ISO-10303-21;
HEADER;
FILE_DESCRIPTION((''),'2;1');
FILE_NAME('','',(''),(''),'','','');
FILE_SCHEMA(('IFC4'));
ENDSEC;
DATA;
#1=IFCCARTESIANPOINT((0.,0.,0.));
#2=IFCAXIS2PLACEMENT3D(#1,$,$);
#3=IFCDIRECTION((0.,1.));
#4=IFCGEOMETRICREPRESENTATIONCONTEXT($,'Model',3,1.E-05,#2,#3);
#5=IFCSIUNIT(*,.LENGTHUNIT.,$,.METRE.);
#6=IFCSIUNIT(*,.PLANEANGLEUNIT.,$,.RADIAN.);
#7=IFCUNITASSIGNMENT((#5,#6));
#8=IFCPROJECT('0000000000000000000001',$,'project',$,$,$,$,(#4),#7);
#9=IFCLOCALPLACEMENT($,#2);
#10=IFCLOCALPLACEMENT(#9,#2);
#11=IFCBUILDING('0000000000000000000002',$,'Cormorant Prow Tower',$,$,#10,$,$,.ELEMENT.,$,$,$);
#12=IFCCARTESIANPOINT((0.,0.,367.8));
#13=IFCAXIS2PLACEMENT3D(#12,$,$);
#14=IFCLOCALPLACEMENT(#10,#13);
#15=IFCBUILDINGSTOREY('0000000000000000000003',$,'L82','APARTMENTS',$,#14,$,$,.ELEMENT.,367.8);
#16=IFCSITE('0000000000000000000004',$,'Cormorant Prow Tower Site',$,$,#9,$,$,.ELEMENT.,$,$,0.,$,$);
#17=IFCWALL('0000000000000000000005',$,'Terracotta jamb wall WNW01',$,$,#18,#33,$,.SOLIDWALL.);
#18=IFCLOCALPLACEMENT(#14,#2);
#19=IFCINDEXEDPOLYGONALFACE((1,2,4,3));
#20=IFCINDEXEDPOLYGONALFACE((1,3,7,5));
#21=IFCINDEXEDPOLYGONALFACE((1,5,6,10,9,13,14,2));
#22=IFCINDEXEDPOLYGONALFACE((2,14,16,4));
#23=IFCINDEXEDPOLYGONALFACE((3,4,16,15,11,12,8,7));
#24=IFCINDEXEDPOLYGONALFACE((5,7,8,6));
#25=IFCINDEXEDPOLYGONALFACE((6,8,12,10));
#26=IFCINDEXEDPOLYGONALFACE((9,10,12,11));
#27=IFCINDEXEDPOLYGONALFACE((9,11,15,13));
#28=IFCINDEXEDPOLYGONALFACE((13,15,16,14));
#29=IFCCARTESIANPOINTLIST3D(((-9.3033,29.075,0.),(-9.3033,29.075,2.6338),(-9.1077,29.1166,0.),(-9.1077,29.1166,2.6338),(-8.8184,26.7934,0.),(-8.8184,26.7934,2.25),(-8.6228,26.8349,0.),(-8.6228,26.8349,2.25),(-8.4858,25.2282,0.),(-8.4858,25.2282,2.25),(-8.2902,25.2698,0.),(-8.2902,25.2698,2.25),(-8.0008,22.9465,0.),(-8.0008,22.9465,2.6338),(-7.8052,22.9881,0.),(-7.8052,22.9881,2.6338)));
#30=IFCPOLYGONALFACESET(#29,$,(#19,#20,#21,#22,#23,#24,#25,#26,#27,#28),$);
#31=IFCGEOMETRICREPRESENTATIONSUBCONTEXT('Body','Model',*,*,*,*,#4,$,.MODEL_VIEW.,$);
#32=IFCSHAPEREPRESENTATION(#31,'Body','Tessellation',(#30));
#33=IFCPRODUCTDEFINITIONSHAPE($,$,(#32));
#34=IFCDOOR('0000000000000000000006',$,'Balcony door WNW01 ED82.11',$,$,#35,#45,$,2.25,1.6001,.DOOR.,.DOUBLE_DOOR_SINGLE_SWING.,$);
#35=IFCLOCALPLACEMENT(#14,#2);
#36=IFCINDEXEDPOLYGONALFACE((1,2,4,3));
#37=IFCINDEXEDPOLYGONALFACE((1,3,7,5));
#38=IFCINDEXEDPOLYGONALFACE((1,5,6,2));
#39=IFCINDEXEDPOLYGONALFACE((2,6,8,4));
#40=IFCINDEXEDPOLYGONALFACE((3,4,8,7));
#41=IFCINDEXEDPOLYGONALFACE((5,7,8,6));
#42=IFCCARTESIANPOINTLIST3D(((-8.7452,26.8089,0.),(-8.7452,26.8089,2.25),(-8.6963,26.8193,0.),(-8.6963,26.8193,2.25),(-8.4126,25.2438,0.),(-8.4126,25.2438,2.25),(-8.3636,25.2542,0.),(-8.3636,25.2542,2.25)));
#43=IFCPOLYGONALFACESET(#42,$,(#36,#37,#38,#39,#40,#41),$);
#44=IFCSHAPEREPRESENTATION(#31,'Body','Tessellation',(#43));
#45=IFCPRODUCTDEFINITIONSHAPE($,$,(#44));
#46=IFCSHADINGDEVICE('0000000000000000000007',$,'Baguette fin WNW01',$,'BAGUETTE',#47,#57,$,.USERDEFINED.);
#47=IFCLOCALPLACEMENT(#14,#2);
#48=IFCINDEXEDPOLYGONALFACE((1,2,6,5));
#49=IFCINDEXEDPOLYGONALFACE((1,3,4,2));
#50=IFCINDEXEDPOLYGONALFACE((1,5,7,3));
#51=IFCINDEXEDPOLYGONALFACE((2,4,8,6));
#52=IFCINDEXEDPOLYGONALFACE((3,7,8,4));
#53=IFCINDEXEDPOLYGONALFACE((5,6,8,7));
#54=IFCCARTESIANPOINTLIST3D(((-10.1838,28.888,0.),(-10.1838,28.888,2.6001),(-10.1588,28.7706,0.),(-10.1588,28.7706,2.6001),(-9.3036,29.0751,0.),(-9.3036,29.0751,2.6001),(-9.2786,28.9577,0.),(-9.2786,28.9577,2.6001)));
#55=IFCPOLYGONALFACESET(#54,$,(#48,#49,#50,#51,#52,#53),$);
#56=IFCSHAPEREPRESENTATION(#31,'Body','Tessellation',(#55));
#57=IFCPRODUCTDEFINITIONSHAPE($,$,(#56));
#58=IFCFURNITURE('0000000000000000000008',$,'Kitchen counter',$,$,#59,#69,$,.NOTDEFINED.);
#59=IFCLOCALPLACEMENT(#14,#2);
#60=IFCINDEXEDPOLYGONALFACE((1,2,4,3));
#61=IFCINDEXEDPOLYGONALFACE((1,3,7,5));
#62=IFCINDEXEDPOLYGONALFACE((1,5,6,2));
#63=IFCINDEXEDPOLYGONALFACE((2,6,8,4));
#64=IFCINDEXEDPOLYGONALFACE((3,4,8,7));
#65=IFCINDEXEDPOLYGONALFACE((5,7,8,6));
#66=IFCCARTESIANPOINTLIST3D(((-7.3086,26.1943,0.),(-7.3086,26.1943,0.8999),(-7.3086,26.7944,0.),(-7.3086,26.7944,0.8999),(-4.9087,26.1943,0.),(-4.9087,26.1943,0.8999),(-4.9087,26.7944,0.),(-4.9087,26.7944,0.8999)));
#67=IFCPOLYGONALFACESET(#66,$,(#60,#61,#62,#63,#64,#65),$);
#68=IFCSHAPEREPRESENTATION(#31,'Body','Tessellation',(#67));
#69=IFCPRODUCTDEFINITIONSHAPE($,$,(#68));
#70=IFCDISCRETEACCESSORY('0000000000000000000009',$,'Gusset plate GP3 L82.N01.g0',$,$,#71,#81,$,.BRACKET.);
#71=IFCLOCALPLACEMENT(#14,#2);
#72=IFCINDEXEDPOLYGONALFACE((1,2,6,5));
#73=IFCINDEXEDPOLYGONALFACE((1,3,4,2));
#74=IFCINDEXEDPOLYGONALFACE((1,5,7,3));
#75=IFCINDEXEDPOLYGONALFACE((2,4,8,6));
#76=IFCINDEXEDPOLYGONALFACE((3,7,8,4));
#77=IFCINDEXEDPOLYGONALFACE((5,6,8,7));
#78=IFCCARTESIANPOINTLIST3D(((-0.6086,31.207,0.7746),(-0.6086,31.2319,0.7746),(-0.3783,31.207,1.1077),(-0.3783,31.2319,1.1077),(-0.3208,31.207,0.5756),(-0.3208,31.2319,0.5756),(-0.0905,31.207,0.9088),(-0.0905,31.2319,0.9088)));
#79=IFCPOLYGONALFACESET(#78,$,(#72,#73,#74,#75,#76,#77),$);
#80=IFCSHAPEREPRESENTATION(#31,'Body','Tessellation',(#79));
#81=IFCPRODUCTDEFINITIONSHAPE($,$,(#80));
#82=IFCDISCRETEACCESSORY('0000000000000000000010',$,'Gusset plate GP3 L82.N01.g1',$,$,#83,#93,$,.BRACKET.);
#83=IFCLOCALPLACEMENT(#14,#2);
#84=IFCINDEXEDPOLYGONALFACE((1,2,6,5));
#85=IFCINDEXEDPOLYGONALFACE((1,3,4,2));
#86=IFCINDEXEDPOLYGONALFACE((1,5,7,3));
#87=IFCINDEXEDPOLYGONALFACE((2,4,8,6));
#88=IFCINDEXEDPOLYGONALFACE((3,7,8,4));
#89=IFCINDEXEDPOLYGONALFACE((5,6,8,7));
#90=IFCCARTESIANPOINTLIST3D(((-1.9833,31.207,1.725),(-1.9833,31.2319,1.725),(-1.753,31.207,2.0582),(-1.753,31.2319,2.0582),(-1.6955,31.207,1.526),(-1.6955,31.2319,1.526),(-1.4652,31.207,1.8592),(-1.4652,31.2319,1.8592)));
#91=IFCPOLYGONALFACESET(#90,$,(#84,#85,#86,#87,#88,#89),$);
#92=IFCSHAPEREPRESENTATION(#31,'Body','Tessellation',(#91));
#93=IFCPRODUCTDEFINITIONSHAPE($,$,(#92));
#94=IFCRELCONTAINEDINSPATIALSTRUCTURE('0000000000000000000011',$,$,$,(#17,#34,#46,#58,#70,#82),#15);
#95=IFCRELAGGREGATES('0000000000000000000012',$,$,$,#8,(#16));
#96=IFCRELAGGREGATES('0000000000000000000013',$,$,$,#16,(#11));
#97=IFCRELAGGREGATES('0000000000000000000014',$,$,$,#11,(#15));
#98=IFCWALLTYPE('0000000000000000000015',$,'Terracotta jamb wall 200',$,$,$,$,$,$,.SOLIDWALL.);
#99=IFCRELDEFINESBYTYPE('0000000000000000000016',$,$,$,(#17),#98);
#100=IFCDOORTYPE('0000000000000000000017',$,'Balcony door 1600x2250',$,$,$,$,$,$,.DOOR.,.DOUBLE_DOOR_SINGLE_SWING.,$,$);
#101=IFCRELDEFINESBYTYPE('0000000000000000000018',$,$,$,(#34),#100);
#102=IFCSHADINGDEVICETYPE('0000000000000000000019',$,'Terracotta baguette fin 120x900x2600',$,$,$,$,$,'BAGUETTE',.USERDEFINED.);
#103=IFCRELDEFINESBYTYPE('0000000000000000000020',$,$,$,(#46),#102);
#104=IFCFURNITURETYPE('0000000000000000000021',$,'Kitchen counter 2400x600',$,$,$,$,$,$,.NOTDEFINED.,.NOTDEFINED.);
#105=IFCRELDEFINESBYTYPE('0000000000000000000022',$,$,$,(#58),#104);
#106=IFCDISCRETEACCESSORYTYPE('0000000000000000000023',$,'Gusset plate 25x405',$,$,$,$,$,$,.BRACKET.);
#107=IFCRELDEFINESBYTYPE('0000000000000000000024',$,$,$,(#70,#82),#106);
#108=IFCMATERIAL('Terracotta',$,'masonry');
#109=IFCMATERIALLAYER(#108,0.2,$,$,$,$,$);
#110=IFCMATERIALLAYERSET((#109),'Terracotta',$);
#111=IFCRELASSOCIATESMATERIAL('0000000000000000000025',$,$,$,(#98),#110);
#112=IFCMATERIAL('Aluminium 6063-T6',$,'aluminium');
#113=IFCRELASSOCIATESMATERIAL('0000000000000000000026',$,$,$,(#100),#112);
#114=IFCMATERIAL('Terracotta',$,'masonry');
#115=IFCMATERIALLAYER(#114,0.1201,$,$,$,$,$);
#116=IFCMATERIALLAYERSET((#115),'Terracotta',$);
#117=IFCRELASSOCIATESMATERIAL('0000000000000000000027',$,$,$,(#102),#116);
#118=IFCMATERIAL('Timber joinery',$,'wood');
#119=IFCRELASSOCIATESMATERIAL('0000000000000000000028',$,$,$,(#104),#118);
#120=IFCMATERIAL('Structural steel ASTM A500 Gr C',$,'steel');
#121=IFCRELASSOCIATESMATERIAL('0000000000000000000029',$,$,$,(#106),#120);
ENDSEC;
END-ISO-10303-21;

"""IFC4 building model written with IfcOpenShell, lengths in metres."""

from ifc_helpers import new_model, si_unit, direction, frame, frame_2d, origin, origin_2d, place, context, subcontext, project, spatial, rectangle, extrude, material, layer, layer_set, material_profile, profile_set, type_object, element, fill, save


model = new_model("IFC4")

# Units and contexts
model_context = context("Model", 3, precision=1e-05, world=origin(), true_north=direction((0.0, 1.0)))
body_context = subcontext(model_context, "Body", "Model", "MODEL_VIEW")
ifc_project = project(units=[si_unit("LENGTHUNIT", "METRE"), si_unit("PLANEANGLEUNIT", "RADIAN")], contexts=[model_context])

# Site, building, storey
site_placement = place(None, origin())
site = spatial("IfcSite", under=ifc_project, at=site_placement, Name="Cormorant Prow Tower Site", CompositionType="ELEMENT", RefElevation=0.0)
building_placement = place(site_placement, origin())
building = spatial("IfcBuilding", under=site, at=building_placement, Name="Cormorant Prow Tower", CompositionType="ELEMENT")
storey_placement = place(building_placement, frame((0.0, 0.0, 367.8)))
storey = spatial("IfcBuildingStorey", under=building, at=storey_placement, Name="L82", Description="APARTMENTS", CompositionType="ELEMENT", Elevation=367.8)

# Wall, opening, door
ifc_material_1 = material(Name="Terracotta", Category="masonry")
ifc_layer_1 = layer(ifc_material_1, 0.2)
ifc_layer_set_1 = layer_set([ifc_layer_1], Name="Terracotta")
wall_type_1 = type_object("IfcWallType", Name="Terracotta jamb wall 200", PredefinedType="SOLIDWALL", material=ifc_layer_set_1)
wall_1_placement = place(storey_placement, frame((-9.2056, 29.0959, 0.0), z_axis=(0.0, 0.0, 1.0), x_axis=(0.20789, -0.978152, 0.0)))
wall_1 = element("IfcWall", 1, at=wall_1_placement, inside=storey, type_object=wall_type_1, Name="Terracotta jamb wall WNW01", PredefinedType="SOLIDWALL", context=body_context, shape_type="SweptSolid", body=[
    extrude(rectangle(XDim=6.2654, YDim=0.2, at=frame_2d((3.1328, 0.0))), origin(), (0.0, 0.0, 1.0), 2.6338),
])
opening_1_placement = place(wall_1_placement, frame((2.3328, 0.0, 0.0)))
opening_1 = element("IfcOpeningElement", 2, at=opening_1_placement, cuts=wall_1, PredefinedType="OPENING", context=body_context, shape_type="SweptSolid", body=[
    extrude(rectangle(XDim=1.6001, YDim=2.25, at=frame_2d((0.8, 1.125))), frame((0.0, 0.1099, 0.0), z_axis=(0.0, -1.0, 0.0), x_axis=(1.0, 0.0, 0.0)), (0.0, 0.0, 1.0), 0.22),
])
ifc_material_2 = material(Name="Aluminium 6063-T6", Category="aluminium")
door_type_1 = type_object("IfcDoorType", Name="Balcony door 1600x2250", OperationType="DOUBLE_DOOR_SINGLE_SWING", PredefinedType="DOOR", material=ifc_material_2)
door_1_placement = place(opening_1_placement, origin())
door_1 = element("IfcDoor", 3, at=door_1_placement, inside=storey, type_object=door_type_1, Name="Balcony door WNW01 ED82.11", OperationType="DOUBLE_DOOR_SINGLE_SWING", OverallHeight=2.25, OverallWidth=1.6001, PredefinedType="DOOR", context=body_context, shape_type="SweptSolid", body=[
    extrude(rectangle(XDim=1.6001, YDim=2.25, at=frame_2d((0.8, 1.125))), frame((0.0, 0.0249, 0.0), z_axis=(0.0, -1.0, 0.0), x_axis=(1.0, 0.0, 0.0)), (0.0, 0.0, 1.0), 0.05),
])
fill(opening_1, door_1)

# Shading device
ifc_material_3 = material(Name="Terracotta", Category="masonry")
ifc_layer_2 = layer(ifc_material_3, 0.1201)
ifc_layer_set_2 = layer_set([ifc_layer_2], Name="Terracotta")
shading_device_type = type_object("IfcShadingDeviceType", Name="Terracotta baguette fin 120x900x2600", ElementType="BAGUETTE", PredefinedType="USERDEFINED", material=ifc_layer_set_2)
shading_device_placement = place(storey_placement, frame((-9.7312, 28.9229, 0.0), z_axis=(0.0, 0.0, 1.0), x_axis=(0.207912, -0.978148, 0.0)))
element("IfcShadingDevice", 4, at=shading_device_placement, inside=storey, type_object=shading_device_type, Name="Baguette fin WNW01", ObjectType="BAGUETTE", PredefinedType="USERDEFINED", context=body_context, shape_type="SweptSolid", body=[
    extrude(rectangle(XDim=0.1201, YDim=0.8999, at=origin_2d()), origin(), (0.0, 0.0, 1.0), 2.6001),
])

# Furniture
ifc_material_4 = material(Name="Timber joinery", Category="wood")
furniture_type = type_object("IfcFurnitureType", Name="Kitchen counter 2400x600", AssemblyPlace="NOTDEFINED", PredefinedType="NOTDEFINED", material=ifc_material_4)
furniture_placement = place(storey_placement, frame((-6.1086, 26.4944, 0.0), z_axis=(0.0, 0.0, 1.0), x_axis=(1.0, 0.0, 0.0)))
element("IfcFurniture", 5, at=furniture_placement, inside=storey, type_object=furniture_type, Name="Kitchen counter", PredefinedType="NOTDEFINED", context=body_context, shape_type="SweptSolid", body=[
    extrude(rectangle(XDim=2.3999, YDim=0.6001, at=origin_2d()), origin(), (0.0, 0.0, 1.0), 0.8999),
])

# Discrete accessories
ifc_material_5 = material(Name="Structural steel ASTM A500 Gr C", Category="steel")
ifc_material_profile_1 = material_profile(ifc_material_5, rectangle(XDim=0.0249, YDim=0.405, at=origin_2d()), Name="Gusset plate 25x405")
ifc_profile_set_1 = profile_set([ifc_material_profile_1], Name="Structural steel ASTM A500 Gr C")
discrete_accessory_type = type_object("IfcDiscreteAccessoryType", Name="Gusset plate 25x405", PredefinedType="BRACKET", material=ifc_profile_set_1)
for number, where, z_axis, x_axis, name in (
    (6, (-0.4934, 31.2195, 0.9412), (0.822594, 0.0, -0.568629), (0.0, 1.0, 0.0), "Gusset plate GP3 L82.N01.g0"),
    (7, (-1.5803, 31.2195, 1.6926), (-0.822594, 0.0, 0.568629), (0.0, -1.0, 0.0), "Gusset plate GP3 L82.N01.g1"),
):
    element("IfcDiscreteAccessory", number, at=place(storey_placement, frame(where, z_axis=z_axis, x_axis=x_axis)), inside=storey, type_object=discrete_accessory_type, Name=name, PredefinedType="BRACKET", context=body_context, shape_type="SweptSolid", body=[
        extrude(rectangle(XDim=0.0249, YDim=0.405, at=origin_2d()), origin(), (0.0, 0.0, 1.0), 0.3499),
    ])

save(model, "model.ifc")
